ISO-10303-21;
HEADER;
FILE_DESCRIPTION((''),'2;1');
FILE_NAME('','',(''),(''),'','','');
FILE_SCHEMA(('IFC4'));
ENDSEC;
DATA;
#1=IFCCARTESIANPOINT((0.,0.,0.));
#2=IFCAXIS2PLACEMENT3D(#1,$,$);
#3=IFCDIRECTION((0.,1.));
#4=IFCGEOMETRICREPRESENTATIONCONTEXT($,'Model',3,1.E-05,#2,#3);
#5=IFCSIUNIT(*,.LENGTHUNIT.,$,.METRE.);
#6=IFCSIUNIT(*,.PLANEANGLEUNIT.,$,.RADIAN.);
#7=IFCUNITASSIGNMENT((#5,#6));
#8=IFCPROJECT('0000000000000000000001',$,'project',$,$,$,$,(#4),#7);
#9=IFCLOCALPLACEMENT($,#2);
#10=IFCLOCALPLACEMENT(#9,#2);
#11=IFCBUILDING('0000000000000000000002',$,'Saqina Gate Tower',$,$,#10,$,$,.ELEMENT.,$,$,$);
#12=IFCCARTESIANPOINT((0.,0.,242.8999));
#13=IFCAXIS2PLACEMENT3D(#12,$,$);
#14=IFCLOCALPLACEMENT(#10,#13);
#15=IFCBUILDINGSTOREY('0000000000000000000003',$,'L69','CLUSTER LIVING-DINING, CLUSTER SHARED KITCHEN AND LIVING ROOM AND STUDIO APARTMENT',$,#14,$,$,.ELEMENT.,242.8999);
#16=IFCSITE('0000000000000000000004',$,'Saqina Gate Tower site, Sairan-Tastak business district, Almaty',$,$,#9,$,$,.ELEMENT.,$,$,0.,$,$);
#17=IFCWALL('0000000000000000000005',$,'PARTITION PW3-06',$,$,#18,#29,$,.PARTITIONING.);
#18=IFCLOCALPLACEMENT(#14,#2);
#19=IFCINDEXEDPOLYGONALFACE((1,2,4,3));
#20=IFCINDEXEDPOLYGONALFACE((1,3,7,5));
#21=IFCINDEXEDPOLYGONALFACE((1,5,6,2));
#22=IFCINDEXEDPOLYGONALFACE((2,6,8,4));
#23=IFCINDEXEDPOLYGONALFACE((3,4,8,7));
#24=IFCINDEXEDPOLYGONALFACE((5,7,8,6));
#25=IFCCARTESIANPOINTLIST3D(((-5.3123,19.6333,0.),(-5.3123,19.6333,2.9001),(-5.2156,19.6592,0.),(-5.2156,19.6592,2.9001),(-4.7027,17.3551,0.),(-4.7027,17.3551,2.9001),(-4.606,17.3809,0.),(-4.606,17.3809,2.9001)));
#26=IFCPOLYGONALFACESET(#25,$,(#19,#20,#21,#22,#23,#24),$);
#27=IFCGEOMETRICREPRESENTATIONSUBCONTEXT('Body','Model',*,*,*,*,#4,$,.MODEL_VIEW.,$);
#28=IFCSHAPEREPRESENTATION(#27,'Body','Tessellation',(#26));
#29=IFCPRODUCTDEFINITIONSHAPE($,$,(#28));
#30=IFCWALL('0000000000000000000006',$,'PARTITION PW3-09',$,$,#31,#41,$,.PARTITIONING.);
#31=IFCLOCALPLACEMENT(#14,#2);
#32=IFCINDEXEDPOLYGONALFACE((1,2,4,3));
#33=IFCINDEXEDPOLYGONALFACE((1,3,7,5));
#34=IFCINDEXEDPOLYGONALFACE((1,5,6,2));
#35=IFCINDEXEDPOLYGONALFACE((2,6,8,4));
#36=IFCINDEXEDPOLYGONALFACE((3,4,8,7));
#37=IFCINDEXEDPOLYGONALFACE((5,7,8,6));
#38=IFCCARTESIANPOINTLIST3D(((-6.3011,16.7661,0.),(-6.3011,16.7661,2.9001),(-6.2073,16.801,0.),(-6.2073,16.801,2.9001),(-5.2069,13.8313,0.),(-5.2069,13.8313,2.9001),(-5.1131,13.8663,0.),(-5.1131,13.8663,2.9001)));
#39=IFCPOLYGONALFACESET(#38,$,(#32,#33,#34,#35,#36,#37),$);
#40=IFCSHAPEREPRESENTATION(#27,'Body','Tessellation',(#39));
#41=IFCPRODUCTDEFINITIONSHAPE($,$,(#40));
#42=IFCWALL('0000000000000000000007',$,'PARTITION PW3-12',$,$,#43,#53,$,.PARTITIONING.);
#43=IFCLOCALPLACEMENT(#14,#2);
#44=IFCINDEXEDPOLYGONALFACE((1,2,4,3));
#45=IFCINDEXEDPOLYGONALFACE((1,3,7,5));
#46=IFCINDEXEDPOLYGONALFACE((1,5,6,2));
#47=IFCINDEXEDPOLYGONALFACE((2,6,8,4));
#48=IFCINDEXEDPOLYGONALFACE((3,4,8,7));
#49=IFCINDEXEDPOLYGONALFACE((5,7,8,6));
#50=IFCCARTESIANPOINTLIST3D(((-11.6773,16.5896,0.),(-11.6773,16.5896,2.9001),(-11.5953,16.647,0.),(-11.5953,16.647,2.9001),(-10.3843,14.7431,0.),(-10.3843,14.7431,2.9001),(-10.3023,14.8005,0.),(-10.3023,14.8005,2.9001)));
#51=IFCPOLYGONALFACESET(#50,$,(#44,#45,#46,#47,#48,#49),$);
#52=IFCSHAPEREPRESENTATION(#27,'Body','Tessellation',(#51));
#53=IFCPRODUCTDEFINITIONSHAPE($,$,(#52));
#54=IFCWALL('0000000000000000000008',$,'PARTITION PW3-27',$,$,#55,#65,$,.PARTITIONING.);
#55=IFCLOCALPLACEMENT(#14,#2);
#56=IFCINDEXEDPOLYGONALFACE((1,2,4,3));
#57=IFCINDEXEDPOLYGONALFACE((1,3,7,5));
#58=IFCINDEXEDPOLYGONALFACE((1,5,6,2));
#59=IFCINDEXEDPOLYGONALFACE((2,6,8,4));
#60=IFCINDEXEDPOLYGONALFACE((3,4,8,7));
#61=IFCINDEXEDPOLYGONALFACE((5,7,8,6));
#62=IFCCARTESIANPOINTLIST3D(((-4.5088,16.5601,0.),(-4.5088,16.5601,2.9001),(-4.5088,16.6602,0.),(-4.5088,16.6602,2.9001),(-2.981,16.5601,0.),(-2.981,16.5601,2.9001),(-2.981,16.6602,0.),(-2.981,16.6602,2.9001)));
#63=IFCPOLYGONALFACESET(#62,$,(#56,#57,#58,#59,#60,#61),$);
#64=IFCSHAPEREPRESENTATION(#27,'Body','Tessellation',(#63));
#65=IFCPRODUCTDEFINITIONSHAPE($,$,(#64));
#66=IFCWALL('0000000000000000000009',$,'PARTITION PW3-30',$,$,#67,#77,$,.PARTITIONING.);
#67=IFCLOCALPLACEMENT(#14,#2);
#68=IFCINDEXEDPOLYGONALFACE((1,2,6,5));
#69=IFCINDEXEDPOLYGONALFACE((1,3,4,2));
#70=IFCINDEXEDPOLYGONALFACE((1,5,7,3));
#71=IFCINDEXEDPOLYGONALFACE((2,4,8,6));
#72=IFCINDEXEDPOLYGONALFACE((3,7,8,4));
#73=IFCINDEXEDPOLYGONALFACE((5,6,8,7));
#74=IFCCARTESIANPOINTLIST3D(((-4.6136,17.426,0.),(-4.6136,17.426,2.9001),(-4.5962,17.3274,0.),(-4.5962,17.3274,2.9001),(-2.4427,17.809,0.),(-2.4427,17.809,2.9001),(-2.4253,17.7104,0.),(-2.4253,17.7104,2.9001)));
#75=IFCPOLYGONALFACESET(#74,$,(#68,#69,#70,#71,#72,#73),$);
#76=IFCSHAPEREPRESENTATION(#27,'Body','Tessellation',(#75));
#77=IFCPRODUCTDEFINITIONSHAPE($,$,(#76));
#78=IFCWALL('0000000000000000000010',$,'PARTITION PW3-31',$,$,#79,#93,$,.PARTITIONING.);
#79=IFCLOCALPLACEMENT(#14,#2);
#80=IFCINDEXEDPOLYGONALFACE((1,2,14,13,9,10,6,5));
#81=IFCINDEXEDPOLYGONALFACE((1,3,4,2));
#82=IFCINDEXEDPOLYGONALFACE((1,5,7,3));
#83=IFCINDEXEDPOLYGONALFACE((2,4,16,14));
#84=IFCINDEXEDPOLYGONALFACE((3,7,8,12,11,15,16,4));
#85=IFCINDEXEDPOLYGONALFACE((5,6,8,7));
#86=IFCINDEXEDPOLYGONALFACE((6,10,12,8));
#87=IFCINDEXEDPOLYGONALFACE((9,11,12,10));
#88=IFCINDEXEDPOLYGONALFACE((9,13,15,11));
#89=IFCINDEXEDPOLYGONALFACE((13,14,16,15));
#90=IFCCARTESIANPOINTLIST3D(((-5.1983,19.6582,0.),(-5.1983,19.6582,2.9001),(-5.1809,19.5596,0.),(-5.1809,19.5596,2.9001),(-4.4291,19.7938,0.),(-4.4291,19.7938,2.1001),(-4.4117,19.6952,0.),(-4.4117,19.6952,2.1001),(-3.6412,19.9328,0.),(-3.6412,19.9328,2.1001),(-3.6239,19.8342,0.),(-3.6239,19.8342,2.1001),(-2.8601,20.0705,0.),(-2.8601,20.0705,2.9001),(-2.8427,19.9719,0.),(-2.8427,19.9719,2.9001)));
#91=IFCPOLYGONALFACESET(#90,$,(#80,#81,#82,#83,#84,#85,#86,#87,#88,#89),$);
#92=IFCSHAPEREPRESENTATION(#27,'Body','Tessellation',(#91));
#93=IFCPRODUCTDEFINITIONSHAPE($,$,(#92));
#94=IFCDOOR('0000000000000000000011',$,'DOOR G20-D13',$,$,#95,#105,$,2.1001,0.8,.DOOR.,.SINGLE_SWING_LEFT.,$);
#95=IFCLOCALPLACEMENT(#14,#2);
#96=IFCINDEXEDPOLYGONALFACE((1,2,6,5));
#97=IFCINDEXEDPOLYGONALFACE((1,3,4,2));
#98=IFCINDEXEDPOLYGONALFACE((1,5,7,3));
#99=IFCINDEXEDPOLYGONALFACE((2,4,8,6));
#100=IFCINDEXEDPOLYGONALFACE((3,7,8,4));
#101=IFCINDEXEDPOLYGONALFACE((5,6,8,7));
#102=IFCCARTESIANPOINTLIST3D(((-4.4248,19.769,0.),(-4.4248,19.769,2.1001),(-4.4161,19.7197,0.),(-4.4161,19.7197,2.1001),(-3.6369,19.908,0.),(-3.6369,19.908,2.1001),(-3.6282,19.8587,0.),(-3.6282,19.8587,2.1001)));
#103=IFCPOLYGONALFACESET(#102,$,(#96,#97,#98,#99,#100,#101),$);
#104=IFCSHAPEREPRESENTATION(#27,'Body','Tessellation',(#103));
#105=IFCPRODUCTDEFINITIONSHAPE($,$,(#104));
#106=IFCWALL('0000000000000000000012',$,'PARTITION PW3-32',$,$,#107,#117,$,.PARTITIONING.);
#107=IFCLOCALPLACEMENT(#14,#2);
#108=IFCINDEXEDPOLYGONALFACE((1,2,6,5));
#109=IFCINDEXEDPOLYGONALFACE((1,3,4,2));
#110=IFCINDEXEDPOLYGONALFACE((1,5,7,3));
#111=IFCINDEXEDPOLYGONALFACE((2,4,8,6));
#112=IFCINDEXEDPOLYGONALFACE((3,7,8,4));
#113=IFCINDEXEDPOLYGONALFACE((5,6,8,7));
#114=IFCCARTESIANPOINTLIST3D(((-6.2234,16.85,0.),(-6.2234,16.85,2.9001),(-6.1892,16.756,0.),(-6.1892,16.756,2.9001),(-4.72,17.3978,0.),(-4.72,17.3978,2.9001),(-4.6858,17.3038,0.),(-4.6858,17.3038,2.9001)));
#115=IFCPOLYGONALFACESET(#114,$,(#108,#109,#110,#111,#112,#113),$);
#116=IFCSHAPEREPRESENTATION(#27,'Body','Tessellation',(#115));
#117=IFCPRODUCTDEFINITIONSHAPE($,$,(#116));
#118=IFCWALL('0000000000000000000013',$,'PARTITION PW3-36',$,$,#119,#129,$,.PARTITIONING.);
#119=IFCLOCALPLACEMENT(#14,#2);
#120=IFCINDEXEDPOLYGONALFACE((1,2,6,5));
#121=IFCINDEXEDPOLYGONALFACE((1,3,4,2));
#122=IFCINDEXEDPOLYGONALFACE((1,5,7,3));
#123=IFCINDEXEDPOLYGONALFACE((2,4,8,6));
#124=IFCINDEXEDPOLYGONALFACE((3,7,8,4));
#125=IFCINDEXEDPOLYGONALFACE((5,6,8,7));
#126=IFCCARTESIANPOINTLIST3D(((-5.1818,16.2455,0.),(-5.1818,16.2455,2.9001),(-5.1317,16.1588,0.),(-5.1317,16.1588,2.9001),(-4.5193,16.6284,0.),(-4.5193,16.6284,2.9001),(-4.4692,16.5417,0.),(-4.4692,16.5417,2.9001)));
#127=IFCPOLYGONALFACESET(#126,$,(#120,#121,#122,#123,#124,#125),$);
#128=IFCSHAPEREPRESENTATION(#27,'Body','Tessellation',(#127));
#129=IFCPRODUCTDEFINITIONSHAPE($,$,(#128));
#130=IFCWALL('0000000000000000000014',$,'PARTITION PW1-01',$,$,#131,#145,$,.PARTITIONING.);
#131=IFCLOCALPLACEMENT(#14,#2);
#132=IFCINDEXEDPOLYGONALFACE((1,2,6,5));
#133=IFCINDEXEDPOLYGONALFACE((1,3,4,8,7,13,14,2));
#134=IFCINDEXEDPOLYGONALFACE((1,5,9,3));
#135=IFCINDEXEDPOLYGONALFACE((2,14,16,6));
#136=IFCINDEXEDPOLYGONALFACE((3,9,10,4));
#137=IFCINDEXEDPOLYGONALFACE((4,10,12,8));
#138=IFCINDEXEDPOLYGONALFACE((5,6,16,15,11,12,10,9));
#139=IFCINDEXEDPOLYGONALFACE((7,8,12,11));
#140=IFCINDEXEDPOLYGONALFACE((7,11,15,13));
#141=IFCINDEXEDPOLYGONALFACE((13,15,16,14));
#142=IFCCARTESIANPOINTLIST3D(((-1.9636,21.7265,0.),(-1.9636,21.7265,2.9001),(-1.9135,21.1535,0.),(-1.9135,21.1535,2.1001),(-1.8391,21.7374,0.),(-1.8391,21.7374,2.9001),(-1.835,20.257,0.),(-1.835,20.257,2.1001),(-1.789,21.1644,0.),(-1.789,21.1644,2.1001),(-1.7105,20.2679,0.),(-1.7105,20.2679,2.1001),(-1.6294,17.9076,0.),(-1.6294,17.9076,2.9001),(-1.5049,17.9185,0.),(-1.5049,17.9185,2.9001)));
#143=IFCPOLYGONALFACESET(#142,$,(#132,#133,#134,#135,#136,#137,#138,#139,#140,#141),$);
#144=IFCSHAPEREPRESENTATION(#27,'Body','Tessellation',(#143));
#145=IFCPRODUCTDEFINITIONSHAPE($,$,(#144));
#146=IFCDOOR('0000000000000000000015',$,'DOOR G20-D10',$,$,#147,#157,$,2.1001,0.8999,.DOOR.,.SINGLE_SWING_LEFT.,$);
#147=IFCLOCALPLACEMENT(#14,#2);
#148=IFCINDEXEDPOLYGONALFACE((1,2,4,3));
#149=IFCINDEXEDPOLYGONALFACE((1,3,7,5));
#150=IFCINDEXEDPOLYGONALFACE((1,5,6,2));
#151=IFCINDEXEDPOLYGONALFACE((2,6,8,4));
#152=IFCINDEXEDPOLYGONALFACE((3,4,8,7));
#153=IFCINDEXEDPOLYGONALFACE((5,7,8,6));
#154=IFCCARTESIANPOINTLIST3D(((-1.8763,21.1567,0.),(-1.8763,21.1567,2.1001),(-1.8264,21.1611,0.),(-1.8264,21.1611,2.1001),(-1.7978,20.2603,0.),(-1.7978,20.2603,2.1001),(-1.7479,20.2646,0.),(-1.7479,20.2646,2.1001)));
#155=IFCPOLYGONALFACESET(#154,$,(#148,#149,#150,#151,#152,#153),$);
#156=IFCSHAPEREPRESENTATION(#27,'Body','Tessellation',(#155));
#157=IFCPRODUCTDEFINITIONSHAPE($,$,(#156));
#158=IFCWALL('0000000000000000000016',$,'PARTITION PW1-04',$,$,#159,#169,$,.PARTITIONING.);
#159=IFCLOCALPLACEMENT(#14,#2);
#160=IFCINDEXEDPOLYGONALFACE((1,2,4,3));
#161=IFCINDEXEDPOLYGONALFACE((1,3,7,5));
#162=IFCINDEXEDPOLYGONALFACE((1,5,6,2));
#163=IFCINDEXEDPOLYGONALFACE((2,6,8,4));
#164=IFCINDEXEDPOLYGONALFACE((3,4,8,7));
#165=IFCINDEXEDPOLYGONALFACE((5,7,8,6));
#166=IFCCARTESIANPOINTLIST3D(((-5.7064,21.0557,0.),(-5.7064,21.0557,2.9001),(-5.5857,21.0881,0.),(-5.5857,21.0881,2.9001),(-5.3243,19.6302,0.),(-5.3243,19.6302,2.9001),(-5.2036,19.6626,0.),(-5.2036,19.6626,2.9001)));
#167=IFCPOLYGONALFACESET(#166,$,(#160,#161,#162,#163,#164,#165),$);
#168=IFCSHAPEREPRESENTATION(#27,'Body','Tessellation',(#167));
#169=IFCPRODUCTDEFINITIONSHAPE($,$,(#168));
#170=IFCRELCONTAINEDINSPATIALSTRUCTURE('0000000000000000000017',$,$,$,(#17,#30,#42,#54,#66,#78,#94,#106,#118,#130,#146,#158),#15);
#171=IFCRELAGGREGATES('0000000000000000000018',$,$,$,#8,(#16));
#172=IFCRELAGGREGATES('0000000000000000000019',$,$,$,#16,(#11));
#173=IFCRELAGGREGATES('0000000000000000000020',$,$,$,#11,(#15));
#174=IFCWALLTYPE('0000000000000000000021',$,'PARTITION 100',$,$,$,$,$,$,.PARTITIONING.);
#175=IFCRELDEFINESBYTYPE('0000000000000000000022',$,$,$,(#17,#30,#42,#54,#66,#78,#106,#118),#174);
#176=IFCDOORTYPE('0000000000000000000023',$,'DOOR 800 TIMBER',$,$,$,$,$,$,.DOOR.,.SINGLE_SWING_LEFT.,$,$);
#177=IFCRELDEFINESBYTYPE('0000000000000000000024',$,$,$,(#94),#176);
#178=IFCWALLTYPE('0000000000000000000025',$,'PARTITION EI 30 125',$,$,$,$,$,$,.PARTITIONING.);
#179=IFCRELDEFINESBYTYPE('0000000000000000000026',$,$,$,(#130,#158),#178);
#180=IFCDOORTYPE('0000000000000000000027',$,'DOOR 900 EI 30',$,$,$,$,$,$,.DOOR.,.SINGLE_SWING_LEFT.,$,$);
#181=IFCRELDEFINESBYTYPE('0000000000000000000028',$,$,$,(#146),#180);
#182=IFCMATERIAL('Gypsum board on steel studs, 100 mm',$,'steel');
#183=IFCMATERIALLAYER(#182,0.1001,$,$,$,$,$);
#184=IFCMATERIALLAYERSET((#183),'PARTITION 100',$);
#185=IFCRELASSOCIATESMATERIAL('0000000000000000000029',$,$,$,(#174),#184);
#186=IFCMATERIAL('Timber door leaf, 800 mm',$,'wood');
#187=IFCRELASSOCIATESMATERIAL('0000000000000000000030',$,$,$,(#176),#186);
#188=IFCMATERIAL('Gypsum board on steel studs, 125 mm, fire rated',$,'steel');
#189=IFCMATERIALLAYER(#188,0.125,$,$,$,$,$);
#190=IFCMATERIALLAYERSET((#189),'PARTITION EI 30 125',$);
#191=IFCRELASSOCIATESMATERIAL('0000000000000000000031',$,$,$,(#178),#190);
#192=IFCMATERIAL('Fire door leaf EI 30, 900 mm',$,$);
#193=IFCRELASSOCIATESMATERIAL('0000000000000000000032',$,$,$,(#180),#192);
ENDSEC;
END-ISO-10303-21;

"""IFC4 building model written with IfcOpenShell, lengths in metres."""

from ifc_helpers import new_model, si_unit, direction, frame, frame_2d, origin, place, context, subcontext, project, spatial, rectangle, extrude, material, layer, layer_set, type_object, element, fill, save


model = new_model("IFC4")

# Units and contexts
model_context = context("Model", 3, precision=1e-05, world=origin(), true_north=direction((0.0, 1.0)))
body_context = subcontext(model_context, "Body", "Model", "MODEL_VIEW")
ifc_project = project(units=[si_unit("LENGTHUNIT", "METRE"), si_unit("PLANEANGLEUNIT", "RADIAN")], contexts=[model_context])

# Site, building, storey
site_placement = place(None, origin())
site = spatial("IfcSite", under=ifc_project, at=site_placement, Name="Saqina Gate Tower site, Sairan-Tastak business district, Almaty", CompositionType="ELEMENT", RefElevation=0.0)
building_placement = place(site_placement, origin())
building = spatial("IfcBuilding", under=site, at=building_placement, Name="Saqina Gate Tower", CompositionType="ELEMENT")
storey_placement = place(building_placement, frame((0.0, 0.0, 242.8999)))
storey = spatial("IfcBuildingStorey", under=building, at=storey_placement, Name="L69", Description="CLUSTER LIVING-DINING, CLUSTER SHARED KITCHEN AND LIVING ROOM AND STUDIO APARTMENT", CompositionType="ELEMENT", Elevation=242.8999)

# Shared definitions
ifc_material_1 = material(Name="Gypsum board on steel studs, 100 mm", Category="steel")
ifc_layer_1 = layer(ifc_material_1, 0.1001)
ifc_layer_set_1 = layer_set([ifc_layer_1], Name="PARTITION 100")
wall_type_1 = type_object("IfcWallType", Name="PARTITION 100", PredefinedType="PARTITIONING", material=ifc_layer_set_1)

# Shared definitions
ifc_material_2 = material(Name="Timber door leaf, 800 mm", Category="wood")
door_type_1 = type_object("IfcDoorType", Name="DOOR 800 TIMBER", OperationType="SINGLE_SWING_LEFT", PredefinedType="DOOR", material=ifc_material_2)

# Walls
wall_1_placement = place(storey_placement, frame((-5.2639, 19.6462, 0.0), z_axis=(0.0, 0.0, 1.0), x_axis=(0.258481, -0.966016, 0.0)))
element("IfcWall", 1, at=wall_1_placement, inside=storey, type_object=wall_type_1, Name="PARTITION PW3-06", PredefinedType="PARTITIONING", context=body_context, shape_type="SweptSolid", body=[
    extrude(rectangle(XDim=2.3584, YDim=0.1001, at=frame_2d((1.1792, 0.0))), origin(), (0.0, 0.0, 1.0), 2.9001),
])
wall_2_placement = place(storey_placement, frame((-6.2542, 16.7834, 0.0), z_axis=(0.0, 0.0, 1.0), x_axis=(0.349355, -0.936991, 0.0)))
element("IfcWall", 2, at=wall_2_placement, inside=storey, type_object=wall_type_1, Name="PARTITION PW3-09", PredefinedType="PARTITIONING", context=body_context, shape_type="SweptSolid", body=[
    extrude(rectangle(XDim=3.1321, YDim=0.1001, at=frame_2d((1.5659, 0.0))), origin(), (0.0, 0.0, 1.0), 2.9001),
])
wall_3_placement = place(storey_placement, frame((-11.6362, 16.6182, 0.0), z_axis=(0.0, 0.0, 1.0), x_axis=(0.5736, -0.819135, 0.0)))
element("IfcWall", 3, at=wall_3_placement, inside=storey, type_object=wall_type_1, Name="PARTITION PW3-12", PredefinedType="PARTITIONING", context=body_context, shape_type="SweptSolid", body=[
    extrude(rectangle(XDim=2.2542, YDim=0.1001, at=frame_2d((1.127, 0.0))), origin(), (0.0, 0.0, 1.0), 2.9001),
])
wall_4_placement = place(storey_placement, frame((-4.5088, 16.6101, 0.0), z_axis=(0.0, 0.0, 1.0), x_axis=(1.0, 0.0, 0.0)))
element("IfcWall", 4, at=wall_4_placement, inside=storey, type_object=wall_type_1, Name="PARTITION PW3-27", PredefinedType="PARTITIONING", context=body_context, shape_type="SweptSolid", body=[
    extrude(rectangle(XDim=1.5278, YDim=0.1001, at=frame_2d((0.7639, 0.0))), origin(), (0.0, 0.0, 1.0), 2.9001),
])
wall_5_placement = place(storey_placement, frame((-4.6047, 17.3767, 0.0), z_axis=(0.0, 0.0, 1.0), x_axis=(0.984787, 0.173766, 0.0)))
element("IfcWall", 5, at=wall_5_placement, inside=storey, type_object=wall_type_1, Name="PARTITION PW3-30", PredefinedType="PARTITIONING", context=body_context, shape_type="SweptSolid", body=[
    extrude(rectangle(XDim=2.2043, YDim=0.1001, at=frame_2d((1.1021, 0.0))), origin(), (0.0, 0.0, 1.0), 2.9001),
])

# Wall, opening, door
wall_6_placement = place(storey_placement, frame((-5.1895, 19.6089, 0.0), z_axis=(0.0, 0.0, 1.0), x_axis=(0.984802, 0.17368, 0.0)))
wall_6 = element("IfcWall", 6, at=wall_6_placement, inside=storey, type_object=wall_type_1, Name="PARTITION PW3-31", PredefinedType="PARTITIONING", context=body_context, shape_type="SweptSolid", body=[
    extrude(rectangle(XDim=2.3743, YDim=0.1001, at=frame_2d((1.187, 0.0))), origin(), (0.0, 0.0, 1.0), 2.9001),
])
opening_1_placement = place(wall_6_placement, frame((0.781, 0.0, 0.0)))
opening_1 = element("IfcOpeningElement", 7, at=opening_1_placement, cuts=wall_6, PredefinedType="OPENING", context=body_context, shape_type="SweptSolid", body=[
    extrude(rectangle(XDim=0.8, YDim=2.1001, at=frame_2d((0.3999, 1.05))), frame((0.0, 0.062, 0.0), z_axis=(0.0, -1.0, 0.0), x_axis=(1.0, 0.0, 0.0)), (0.0, 0.0, 1.0), 0.124),
])
door_1_placement = place(opening_1_placement, origin())
door_1 = element("IfcDoor", 8, at=door_1_placement, inside=storey, type_object=door_type_1, Name="DOOR G20-D13", OperationType="SINGLE_SWING_LEFT", OverallHeight=2.1001, OverallWidth=0.8, PredefinedType="DOOR", context=body_context, shape_type="SweptSolid", body=[
    extrude(rectangle(XDim=0.8, YDim=2.1001, at=frame_2d((0.3999, 1.05))), frame((0.0, 0.0249, 0.0), z_axis=(0.0, -1.0, 0.0), x_axis=(1.0, 0.0, 0.0)), (0.0, 0.0, 1.0), 0.05),
])
fill(opening_1, door_1)

# Walls
wall_7_placement = place(storey_placement, frame((-6.2063, 16.803, 0.0), z_axis=(0.0, 0.0, 1.0), x_axis=(0.939562, 0.34238, 0.0)))
element("IfcWall", 9, at=wall_7_placement, inside=storey, type_object=wall_type_1, Name="PARTITION PW3-32", PredefinedType="PARTITIONING", context=body_context, shape_type="SweptSolid", body=[
    extrude(rectangle(XDim=1.6001, YDim=0.1001, at=frame_2d((0.8, 0.0))), origin(), (0.0, 0.0, 1.0), 2.9001),
])
wall_8_placement = place(storey_placement, frame((-5.1567, 16.2021, 0.0), z_axis=(0.0, 0.0, 1.0), x_axis=(0.865797, 0.500395, 0.0)))
element("IfcWall", 10, at=wall_8_placement, inside=storey, type_object=wall_type_1, Name="PARTITION PW3-36", PredefinedType="PARTITIONING", context=body_context, shape_type="SweptSolid", body=[
    extrude(rectangle(XDim=0.7651, YDim=0.1001, at=frame_2d((0.3826, 0.0))), origin(), (0.0, 0.0, 1.0), 2.9001),
])

# Wall, opening, door
ifc_material_3 = material(Name="Gypsum board on steel studs, 125 mm, fire rated", Category="steel")
ifc_layer_2 = layer(ifc_material_3, 0.125)
ifc_layer_set_2 = layer_set([ifc_layer_2], Name="PARTITION EI 30 125")
wall_type_2 = type_object("IfcWallType", Name="PARTITION EI 30 125", PredefinedType="PARTITIONING", material=ifc_layer_set_2)
wall_9_placement = place(storey_placement, frame((-1.9014, 21.7319, 0.0), z_axis=(0.0, 0.0, 1.0), x_axis=(0.087187, -0.996192, 0.0)))
wall_9 = element("IfcWall", 11, at=wall_9_placement, inside=storey, type_object=wall_type_2, Name="PARTITION PW1-01", PredefinedType="PARTITIONING", context=body_context, shape_type="SweptSolid", body=[
    extrude(rectangle(XDim=3.8335, YDim=0.125, at=frame_2d((1.9167, 0.0))), origin(), (0.0, 0.0, 1.0), 2.9001),
])
opening_2_placement = place(wall_9_placement, frame((0.5752, 0.0, 0.0)))
opening_2 = element("IfcOpeningElement", 12, at=opening_2_placement, cuts=wall_9, PredefinedType="OPENING", context=body_context, shape_type="SweptSolid", body=[
    extrude(rectangle(XDim=0.8999, YDim=2.1001, at=frame_2d((0.45, 1.05))), frame((0.0, 0.0745, 0.0), z_axis=(0.0, -1.0, 0.0), x_axis=(1.0, 0.0, 0.0)), (0.0, 0.0, 1.0), 0.1489),
])
ifc_material_4 = material(Name="Fire door leaf EI 30, 900 mm")
door_type_2 = type_object("IfcDoorType", Name="DOOR 900 EI 30", OperationType="SINGLE_SWING_LEFT", PredefinedType="DOOR", material=ifc_material_4)
door_2_placement = place(opening_2_placement, origin())
door_2 = element("IfcDoor", 13, at=door_2_placement, inside=storey, type_object=door_type_2, Name="DOOR G20-D10", OperationType="SINGLE_SWING_LEFT", OverallHeight=2.1001, OverallWidth=0.8999, PredefinedType="DOOR", context=body_context, shape_type="SweptSolid", body=[
    extrude(rectangle(XDim=0.8999, YDim=2.1001, at=frame_2d((0.45, 1.05))), frame((0.0, 0.0249, 0.0), z_axis=(0.0, -1.0, 0.0), x_axis=(1.0, 0.0, 0.0)), (0.0, 0.0, 1.0), 0.05),
])
fill(opening_2, door_2)

# Wall
wall_10_placement = place(storey_placement, frame((-5.646, 21.0718, 0.0), z_axis=(0.0, 0.0, 1.0), x_axis=(0.258888, -0.965907, 0.0)))
element("IfcWall", 14, at=wall_10_placement, inside=storey, type_object=wall_type_2, Name="PARTITION PW1-04", PredefinedType="PARTITIONING", context=body_context, shape_type="SweptSolid", body=[
    extrude(rectangle(XDim=1.4758, YDim=0.125, at=frame_2d((0.7378, 0.0))), origin(), (0.0, 0.0, 1.0), 2.9001),
])

save(model, "model.ifc")
